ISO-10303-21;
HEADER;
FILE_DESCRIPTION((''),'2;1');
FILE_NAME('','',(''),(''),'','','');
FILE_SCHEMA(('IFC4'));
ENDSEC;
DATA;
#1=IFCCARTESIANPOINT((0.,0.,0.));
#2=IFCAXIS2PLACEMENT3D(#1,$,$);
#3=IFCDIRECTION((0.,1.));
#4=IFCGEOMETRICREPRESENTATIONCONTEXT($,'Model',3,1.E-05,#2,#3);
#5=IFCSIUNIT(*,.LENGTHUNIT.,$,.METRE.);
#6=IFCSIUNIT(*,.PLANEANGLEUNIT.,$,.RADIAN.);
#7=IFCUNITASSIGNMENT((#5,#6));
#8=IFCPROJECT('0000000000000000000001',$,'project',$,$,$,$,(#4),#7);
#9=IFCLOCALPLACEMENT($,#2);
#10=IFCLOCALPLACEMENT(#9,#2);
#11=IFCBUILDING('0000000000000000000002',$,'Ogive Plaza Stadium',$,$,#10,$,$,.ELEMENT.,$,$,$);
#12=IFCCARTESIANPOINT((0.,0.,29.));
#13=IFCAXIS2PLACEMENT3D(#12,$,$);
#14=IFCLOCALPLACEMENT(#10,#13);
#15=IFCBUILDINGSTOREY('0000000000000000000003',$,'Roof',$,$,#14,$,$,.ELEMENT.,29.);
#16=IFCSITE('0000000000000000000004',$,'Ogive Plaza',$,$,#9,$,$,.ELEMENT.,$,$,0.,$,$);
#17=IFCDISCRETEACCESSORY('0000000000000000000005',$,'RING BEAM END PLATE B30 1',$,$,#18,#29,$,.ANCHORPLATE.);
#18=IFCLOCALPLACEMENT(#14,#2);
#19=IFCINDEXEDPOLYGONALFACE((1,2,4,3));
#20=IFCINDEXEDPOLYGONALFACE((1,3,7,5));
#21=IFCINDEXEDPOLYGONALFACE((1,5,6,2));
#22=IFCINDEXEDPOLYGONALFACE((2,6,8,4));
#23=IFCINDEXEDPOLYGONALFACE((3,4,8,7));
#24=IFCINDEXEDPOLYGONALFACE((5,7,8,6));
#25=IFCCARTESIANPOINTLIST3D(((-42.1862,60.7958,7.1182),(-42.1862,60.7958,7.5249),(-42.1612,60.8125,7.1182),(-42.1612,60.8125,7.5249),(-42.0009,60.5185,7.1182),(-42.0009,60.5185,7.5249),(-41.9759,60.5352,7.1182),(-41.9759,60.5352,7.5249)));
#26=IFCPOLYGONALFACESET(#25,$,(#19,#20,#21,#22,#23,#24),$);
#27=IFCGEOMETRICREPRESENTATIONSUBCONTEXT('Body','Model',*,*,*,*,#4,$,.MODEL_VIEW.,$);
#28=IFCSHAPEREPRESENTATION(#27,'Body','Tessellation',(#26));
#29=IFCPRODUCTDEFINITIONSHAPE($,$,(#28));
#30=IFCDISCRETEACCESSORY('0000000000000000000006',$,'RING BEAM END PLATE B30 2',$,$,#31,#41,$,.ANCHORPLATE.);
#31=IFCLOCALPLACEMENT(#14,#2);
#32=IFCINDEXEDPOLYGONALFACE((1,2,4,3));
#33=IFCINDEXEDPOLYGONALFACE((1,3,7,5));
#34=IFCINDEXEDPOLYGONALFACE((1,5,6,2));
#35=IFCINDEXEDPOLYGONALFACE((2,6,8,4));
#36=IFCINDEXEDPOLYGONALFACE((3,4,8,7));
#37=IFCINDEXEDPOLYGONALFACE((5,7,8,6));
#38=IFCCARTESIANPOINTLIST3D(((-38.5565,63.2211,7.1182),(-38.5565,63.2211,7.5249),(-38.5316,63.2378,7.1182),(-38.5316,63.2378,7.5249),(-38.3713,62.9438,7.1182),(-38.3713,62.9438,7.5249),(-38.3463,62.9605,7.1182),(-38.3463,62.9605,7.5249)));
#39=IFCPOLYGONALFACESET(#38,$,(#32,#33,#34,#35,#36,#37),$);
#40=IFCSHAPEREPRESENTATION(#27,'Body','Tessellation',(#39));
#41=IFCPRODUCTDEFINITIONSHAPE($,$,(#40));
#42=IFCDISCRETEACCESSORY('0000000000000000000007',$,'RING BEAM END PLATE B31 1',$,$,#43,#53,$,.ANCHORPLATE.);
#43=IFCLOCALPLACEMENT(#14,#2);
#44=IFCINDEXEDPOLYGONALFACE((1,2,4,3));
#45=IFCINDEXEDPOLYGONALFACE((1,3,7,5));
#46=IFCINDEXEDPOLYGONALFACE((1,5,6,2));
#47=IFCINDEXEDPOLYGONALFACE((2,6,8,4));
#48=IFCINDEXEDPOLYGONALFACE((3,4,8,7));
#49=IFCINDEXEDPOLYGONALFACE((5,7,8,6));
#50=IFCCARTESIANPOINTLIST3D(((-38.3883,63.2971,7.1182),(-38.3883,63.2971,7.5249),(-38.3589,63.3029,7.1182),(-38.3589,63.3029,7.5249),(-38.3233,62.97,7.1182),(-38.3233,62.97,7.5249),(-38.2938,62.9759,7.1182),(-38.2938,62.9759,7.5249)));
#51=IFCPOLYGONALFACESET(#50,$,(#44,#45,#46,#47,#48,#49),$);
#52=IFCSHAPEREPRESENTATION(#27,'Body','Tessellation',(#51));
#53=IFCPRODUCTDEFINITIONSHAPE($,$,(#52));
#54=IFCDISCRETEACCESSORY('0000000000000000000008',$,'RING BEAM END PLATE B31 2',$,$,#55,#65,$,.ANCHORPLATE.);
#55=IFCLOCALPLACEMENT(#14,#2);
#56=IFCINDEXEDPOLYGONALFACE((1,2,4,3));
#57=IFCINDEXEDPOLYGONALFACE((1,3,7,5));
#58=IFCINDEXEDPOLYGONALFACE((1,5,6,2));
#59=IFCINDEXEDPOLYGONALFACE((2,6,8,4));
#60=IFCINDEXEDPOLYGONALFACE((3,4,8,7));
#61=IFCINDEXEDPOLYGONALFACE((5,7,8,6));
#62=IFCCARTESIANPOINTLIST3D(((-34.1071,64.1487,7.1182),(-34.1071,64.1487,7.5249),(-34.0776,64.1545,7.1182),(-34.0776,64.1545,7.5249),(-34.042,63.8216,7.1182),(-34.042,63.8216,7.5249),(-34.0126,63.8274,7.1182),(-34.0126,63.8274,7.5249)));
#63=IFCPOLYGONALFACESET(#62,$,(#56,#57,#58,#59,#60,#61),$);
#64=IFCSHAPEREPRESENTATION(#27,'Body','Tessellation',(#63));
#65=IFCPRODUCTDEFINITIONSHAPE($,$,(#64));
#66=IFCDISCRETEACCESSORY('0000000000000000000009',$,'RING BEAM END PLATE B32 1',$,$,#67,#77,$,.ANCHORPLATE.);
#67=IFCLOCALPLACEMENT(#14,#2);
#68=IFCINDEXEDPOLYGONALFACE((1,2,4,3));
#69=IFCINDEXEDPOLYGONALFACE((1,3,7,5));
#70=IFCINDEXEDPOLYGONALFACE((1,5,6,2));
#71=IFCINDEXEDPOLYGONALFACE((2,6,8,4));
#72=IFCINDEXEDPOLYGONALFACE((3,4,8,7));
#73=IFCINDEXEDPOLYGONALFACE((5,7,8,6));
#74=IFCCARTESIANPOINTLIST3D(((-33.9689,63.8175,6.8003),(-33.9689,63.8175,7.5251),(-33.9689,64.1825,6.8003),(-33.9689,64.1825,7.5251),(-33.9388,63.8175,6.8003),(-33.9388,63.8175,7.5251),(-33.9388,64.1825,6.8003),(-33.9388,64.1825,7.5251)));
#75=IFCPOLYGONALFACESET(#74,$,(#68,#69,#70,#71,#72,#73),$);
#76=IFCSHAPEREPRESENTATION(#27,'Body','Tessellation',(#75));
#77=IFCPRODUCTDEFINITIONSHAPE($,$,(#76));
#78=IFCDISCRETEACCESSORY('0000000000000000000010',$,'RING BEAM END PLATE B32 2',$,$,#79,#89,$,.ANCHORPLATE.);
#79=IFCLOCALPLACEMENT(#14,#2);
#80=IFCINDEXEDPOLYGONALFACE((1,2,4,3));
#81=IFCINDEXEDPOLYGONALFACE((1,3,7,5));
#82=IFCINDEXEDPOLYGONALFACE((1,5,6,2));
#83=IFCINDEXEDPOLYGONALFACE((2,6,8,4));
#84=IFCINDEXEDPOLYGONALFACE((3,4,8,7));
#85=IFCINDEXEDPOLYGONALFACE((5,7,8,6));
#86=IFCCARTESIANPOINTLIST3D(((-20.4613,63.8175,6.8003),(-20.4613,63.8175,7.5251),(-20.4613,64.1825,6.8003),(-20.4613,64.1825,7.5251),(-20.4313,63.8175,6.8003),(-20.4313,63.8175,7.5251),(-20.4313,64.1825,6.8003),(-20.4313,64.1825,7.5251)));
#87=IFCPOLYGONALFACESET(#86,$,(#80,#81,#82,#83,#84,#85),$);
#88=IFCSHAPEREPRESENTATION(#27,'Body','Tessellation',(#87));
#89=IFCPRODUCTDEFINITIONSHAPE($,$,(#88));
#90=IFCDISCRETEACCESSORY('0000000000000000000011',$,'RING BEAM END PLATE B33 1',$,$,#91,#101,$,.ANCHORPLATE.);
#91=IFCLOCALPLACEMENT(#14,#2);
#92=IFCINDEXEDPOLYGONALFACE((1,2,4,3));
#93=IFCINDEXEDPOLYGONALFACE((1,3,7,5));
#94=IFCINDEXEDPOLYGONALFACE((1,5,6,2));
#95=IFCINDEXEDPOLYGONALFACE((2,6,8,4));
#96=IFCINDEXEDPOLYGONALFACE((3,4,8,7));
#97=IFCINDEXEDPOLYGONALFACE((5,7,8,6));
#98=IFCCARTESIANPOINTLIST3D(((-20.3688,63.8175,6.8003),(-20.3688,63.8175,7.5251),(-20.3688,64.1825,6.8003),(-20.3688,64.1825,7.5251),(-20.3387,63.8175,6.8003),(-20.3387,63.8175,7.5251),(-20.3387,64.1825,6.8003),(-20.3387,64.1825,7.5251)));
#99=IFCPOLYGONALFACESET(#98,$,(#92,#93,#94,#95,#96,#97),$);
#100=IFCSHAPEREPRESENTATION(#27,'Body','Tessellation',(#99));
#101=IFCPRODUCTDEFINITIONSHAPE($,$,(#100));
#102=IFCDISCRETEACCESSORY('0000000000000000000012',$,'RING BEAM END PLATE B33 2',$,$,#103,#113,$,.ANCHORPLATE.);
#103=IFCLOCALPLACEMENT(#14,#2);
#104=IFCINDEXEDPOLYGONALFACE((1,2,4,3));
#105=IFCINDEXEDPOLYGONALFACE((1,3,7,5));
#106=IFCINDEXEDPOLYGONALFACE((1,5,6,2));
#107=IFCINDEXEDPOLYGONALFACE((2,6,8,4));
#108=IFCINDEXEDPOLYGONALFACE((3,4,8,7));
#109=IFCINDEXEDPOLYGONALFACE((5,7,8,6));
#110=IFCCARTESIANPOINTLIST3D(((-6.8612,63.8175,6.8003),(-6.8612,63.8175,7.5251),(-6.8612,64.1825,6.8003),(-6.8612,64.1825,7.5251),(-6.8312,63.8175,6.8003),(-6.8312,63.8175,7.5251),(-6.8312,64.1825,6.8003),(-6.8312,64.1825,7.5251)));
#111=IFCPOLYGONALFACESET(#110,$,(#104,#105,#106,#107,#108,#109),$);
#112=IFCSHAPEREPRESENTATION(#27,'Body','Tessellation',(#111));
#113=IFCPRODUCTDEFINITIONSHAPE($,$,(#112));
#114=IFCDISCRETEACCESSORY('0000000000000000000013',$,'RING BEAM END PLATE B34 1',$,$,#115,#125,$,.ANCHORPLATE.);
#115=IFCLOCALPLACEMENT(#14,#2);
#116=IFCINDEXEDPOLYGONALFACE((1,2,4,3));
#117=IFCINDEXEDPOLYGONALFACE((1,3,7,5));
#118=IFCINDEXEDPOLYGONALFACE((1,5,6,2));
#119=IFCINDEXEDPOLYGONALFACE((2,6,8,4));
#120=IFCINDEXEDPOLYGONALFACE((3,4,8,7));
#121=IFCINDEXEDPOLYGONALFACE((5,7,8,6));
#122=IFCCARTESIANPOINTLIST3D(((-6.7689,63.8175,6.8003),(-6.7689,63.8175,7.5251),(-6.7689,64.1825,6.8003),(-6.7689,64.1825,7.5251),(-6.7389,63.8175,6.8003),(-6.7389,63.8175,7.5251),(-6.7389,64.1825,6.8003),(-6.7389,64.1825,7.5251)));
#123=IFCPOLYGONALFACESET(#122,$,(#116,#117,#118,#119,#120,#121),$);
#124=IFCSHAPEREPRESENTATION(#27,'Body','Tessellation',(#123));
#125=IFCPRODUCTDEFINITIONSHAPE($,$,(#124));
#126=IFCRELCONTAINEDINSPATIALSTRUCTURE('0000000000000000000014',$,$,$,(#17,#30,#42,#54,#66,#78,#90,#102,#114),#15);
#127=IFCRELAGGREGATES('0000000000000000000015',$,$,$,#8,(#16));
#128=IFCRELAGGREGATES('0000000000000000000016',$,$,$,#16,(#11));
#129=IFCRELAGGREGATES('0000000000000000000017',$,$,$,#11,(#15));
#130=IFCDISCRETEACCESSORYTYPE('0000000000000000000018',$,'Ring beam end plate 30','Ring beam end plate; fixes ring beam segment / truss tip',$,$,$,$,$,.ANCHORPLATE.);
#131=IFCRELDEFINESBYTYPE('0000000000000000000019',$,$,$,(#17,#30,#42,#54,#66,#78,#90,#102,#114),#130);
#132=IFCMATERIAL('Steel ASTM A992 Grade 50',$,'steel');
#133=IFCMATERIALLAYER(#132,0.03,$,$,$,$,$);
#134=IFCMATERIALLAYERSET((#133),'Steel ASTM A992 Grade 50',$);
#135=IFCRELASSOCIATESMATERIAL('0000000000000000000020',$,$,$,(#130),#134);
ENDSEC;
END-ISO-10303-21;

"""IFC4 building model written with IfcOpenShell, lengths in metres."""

from ifc_helpers import new_model, si_unit, direction, frame, origin, origin_2d, place, context, subcontext, project, spatial, rectangle, extrude, material, layer, layer_set, type_object, element, save


model = new_model("IFC4")

# Units and contexts
model_context = context("Model", 3, precision=1e-05, world=origin(), true_north=direction((0.0, 1.0)))
body_context = subcontext(model_context, "Body", "Model", "MODEL_VIEW")
ifc_project = project(units=[si_unit("LENGTHUNIT", "METRE"), si_unit("PLANEANGLEUNIT", "RADIAN")], contexts=[model_context])

# Site, building, storey
site_placement = place(None, origin())
site = spatial("IfcSite", under=ifc_project, at=site_placement, Name="Ogive Plaza", CompositionType="ELEMENT", RefElevation=0.0)
building_placement = place(site_placement, origin())
building = spatial("IfcBuilding", under=site, at=building_placement, Name="Ogive Plaza Stadium", CompositionType="ELEMENT")
storey_placement = place(building_placement, frame((0.0, 0.0, 29.0)))
storey = spatial("IfcBuildingStorey", under=building, at=storey_placement, Name="Roof", CompositionType="ELEMENT", Elevation=29.0)

# Discrete accessories
ifc_material_1 = material(Name="Steel ASTM A992 Grade 50", Category="steel")
ifc_layer_1 = layer(ifc_material_1, 0.03)
ifc_layer_set_1 = layer_set([ifc_layer_1], Name="Steel ASTM A992 Grade 50")
discrete_accessory_type = type_object("IfcDiscreteAccessoryType", Name="Ring beam end plate 30", Description="Ring beam end plate; fixes ring beam segment / truss tip", PredefinedType="ANCHORPLATE", material=ifc_layer_set_1)
for number, where, z_axis, x_axis, name in (
    (1, (-42.0811, 60.6655, 7.1182), (0.0, 0.0, 1.0), (0.83147, 0.55557, 0.0), "RING BEAM END PLATE B30 1"),
    (2, (-38.4514, 63.0908, 7.1182), (0.0, 0.0, 1.0), (0.83147, 0.55557, 0.0), "RING BEAM END PLATE B30 2"),
    (3, (-38.3411, 63.1365, 7.1182), (0.0, 0.0, 1.0), (0.980785, 0.19509, 0.0), "RING BEAM END PLATE B31 1"),
    (4, (-34.0598, 63.988, 7.1182), (0.0, 0.0, 1.0), (0.980785, 0.19509, 0.0), "RING BEAM END PLATE B31 2"),
):
    element("IfcDiscreteAccessory", number, at=place(storey_placement, frame(where, z_axis=z_axis, x_axis=x_axis)), inside=storey, type_object=discrete_accessory_type, Name=name, PredefinedType="ANCHORPLATE", context=body_context, shape_type="SweptSolid", body=[
        extrude(rectangle(XDim=0.03, YDim=0.3335, at=origin_2d()), origin(), (0.0, 0.0, 1.0), 0.4067),
    ])
for number, where, z_axis, x_axis, name in (
    (5, (-33.9539, 64.0, 6.8003), (0.0, 0.0, 1.0), (1.0, 0.0, 0.0), "RING BEAM END PLATE B32 1"),
    (6, (-20.4463, 64.0, 6.8003), (0.0, 0.0, 1.0), (1.0, 0.0, 0.0), "RING BEAM END PLATE B32 2"),
    (7, (-20.3538, 64.0, 6.8003), (0.0, 0.0, 1.0), (1.0, 0.0, 0.0), "RING BEAM END PLATE B33 1"),
    (8, (-6.8462, 64.0, 6.8003), (0.0, 0.0, 1.0), (1.0, 0.0, 0.0), "RING BEAM END PLATE B33 2"),
    (9, (-6.7539, 64.0, 6.8003), (0.0, 0.0, 1.0), (1.0, 0.0, 0.0), "RING BEAM END PLATE B34 1"),
):
    element("IfcDiscreteAccessory", number, at=place(storey_placement, frame(where, z_axis=z_axis, x_axis=x_axis)), inside=storey, type_object=discrete_accessory_type, Name=name, PredefinedType="ANCHORPLATE", context=body_context, shape_type="SweptSolid", body=[
        extrude(rectangle(XDim=0.03, YDim=0.365, at=origin_2d()), origin(), (0.0, 0.0, 1.0), 0.7249),
    ])

save(model, "model.ifc")
